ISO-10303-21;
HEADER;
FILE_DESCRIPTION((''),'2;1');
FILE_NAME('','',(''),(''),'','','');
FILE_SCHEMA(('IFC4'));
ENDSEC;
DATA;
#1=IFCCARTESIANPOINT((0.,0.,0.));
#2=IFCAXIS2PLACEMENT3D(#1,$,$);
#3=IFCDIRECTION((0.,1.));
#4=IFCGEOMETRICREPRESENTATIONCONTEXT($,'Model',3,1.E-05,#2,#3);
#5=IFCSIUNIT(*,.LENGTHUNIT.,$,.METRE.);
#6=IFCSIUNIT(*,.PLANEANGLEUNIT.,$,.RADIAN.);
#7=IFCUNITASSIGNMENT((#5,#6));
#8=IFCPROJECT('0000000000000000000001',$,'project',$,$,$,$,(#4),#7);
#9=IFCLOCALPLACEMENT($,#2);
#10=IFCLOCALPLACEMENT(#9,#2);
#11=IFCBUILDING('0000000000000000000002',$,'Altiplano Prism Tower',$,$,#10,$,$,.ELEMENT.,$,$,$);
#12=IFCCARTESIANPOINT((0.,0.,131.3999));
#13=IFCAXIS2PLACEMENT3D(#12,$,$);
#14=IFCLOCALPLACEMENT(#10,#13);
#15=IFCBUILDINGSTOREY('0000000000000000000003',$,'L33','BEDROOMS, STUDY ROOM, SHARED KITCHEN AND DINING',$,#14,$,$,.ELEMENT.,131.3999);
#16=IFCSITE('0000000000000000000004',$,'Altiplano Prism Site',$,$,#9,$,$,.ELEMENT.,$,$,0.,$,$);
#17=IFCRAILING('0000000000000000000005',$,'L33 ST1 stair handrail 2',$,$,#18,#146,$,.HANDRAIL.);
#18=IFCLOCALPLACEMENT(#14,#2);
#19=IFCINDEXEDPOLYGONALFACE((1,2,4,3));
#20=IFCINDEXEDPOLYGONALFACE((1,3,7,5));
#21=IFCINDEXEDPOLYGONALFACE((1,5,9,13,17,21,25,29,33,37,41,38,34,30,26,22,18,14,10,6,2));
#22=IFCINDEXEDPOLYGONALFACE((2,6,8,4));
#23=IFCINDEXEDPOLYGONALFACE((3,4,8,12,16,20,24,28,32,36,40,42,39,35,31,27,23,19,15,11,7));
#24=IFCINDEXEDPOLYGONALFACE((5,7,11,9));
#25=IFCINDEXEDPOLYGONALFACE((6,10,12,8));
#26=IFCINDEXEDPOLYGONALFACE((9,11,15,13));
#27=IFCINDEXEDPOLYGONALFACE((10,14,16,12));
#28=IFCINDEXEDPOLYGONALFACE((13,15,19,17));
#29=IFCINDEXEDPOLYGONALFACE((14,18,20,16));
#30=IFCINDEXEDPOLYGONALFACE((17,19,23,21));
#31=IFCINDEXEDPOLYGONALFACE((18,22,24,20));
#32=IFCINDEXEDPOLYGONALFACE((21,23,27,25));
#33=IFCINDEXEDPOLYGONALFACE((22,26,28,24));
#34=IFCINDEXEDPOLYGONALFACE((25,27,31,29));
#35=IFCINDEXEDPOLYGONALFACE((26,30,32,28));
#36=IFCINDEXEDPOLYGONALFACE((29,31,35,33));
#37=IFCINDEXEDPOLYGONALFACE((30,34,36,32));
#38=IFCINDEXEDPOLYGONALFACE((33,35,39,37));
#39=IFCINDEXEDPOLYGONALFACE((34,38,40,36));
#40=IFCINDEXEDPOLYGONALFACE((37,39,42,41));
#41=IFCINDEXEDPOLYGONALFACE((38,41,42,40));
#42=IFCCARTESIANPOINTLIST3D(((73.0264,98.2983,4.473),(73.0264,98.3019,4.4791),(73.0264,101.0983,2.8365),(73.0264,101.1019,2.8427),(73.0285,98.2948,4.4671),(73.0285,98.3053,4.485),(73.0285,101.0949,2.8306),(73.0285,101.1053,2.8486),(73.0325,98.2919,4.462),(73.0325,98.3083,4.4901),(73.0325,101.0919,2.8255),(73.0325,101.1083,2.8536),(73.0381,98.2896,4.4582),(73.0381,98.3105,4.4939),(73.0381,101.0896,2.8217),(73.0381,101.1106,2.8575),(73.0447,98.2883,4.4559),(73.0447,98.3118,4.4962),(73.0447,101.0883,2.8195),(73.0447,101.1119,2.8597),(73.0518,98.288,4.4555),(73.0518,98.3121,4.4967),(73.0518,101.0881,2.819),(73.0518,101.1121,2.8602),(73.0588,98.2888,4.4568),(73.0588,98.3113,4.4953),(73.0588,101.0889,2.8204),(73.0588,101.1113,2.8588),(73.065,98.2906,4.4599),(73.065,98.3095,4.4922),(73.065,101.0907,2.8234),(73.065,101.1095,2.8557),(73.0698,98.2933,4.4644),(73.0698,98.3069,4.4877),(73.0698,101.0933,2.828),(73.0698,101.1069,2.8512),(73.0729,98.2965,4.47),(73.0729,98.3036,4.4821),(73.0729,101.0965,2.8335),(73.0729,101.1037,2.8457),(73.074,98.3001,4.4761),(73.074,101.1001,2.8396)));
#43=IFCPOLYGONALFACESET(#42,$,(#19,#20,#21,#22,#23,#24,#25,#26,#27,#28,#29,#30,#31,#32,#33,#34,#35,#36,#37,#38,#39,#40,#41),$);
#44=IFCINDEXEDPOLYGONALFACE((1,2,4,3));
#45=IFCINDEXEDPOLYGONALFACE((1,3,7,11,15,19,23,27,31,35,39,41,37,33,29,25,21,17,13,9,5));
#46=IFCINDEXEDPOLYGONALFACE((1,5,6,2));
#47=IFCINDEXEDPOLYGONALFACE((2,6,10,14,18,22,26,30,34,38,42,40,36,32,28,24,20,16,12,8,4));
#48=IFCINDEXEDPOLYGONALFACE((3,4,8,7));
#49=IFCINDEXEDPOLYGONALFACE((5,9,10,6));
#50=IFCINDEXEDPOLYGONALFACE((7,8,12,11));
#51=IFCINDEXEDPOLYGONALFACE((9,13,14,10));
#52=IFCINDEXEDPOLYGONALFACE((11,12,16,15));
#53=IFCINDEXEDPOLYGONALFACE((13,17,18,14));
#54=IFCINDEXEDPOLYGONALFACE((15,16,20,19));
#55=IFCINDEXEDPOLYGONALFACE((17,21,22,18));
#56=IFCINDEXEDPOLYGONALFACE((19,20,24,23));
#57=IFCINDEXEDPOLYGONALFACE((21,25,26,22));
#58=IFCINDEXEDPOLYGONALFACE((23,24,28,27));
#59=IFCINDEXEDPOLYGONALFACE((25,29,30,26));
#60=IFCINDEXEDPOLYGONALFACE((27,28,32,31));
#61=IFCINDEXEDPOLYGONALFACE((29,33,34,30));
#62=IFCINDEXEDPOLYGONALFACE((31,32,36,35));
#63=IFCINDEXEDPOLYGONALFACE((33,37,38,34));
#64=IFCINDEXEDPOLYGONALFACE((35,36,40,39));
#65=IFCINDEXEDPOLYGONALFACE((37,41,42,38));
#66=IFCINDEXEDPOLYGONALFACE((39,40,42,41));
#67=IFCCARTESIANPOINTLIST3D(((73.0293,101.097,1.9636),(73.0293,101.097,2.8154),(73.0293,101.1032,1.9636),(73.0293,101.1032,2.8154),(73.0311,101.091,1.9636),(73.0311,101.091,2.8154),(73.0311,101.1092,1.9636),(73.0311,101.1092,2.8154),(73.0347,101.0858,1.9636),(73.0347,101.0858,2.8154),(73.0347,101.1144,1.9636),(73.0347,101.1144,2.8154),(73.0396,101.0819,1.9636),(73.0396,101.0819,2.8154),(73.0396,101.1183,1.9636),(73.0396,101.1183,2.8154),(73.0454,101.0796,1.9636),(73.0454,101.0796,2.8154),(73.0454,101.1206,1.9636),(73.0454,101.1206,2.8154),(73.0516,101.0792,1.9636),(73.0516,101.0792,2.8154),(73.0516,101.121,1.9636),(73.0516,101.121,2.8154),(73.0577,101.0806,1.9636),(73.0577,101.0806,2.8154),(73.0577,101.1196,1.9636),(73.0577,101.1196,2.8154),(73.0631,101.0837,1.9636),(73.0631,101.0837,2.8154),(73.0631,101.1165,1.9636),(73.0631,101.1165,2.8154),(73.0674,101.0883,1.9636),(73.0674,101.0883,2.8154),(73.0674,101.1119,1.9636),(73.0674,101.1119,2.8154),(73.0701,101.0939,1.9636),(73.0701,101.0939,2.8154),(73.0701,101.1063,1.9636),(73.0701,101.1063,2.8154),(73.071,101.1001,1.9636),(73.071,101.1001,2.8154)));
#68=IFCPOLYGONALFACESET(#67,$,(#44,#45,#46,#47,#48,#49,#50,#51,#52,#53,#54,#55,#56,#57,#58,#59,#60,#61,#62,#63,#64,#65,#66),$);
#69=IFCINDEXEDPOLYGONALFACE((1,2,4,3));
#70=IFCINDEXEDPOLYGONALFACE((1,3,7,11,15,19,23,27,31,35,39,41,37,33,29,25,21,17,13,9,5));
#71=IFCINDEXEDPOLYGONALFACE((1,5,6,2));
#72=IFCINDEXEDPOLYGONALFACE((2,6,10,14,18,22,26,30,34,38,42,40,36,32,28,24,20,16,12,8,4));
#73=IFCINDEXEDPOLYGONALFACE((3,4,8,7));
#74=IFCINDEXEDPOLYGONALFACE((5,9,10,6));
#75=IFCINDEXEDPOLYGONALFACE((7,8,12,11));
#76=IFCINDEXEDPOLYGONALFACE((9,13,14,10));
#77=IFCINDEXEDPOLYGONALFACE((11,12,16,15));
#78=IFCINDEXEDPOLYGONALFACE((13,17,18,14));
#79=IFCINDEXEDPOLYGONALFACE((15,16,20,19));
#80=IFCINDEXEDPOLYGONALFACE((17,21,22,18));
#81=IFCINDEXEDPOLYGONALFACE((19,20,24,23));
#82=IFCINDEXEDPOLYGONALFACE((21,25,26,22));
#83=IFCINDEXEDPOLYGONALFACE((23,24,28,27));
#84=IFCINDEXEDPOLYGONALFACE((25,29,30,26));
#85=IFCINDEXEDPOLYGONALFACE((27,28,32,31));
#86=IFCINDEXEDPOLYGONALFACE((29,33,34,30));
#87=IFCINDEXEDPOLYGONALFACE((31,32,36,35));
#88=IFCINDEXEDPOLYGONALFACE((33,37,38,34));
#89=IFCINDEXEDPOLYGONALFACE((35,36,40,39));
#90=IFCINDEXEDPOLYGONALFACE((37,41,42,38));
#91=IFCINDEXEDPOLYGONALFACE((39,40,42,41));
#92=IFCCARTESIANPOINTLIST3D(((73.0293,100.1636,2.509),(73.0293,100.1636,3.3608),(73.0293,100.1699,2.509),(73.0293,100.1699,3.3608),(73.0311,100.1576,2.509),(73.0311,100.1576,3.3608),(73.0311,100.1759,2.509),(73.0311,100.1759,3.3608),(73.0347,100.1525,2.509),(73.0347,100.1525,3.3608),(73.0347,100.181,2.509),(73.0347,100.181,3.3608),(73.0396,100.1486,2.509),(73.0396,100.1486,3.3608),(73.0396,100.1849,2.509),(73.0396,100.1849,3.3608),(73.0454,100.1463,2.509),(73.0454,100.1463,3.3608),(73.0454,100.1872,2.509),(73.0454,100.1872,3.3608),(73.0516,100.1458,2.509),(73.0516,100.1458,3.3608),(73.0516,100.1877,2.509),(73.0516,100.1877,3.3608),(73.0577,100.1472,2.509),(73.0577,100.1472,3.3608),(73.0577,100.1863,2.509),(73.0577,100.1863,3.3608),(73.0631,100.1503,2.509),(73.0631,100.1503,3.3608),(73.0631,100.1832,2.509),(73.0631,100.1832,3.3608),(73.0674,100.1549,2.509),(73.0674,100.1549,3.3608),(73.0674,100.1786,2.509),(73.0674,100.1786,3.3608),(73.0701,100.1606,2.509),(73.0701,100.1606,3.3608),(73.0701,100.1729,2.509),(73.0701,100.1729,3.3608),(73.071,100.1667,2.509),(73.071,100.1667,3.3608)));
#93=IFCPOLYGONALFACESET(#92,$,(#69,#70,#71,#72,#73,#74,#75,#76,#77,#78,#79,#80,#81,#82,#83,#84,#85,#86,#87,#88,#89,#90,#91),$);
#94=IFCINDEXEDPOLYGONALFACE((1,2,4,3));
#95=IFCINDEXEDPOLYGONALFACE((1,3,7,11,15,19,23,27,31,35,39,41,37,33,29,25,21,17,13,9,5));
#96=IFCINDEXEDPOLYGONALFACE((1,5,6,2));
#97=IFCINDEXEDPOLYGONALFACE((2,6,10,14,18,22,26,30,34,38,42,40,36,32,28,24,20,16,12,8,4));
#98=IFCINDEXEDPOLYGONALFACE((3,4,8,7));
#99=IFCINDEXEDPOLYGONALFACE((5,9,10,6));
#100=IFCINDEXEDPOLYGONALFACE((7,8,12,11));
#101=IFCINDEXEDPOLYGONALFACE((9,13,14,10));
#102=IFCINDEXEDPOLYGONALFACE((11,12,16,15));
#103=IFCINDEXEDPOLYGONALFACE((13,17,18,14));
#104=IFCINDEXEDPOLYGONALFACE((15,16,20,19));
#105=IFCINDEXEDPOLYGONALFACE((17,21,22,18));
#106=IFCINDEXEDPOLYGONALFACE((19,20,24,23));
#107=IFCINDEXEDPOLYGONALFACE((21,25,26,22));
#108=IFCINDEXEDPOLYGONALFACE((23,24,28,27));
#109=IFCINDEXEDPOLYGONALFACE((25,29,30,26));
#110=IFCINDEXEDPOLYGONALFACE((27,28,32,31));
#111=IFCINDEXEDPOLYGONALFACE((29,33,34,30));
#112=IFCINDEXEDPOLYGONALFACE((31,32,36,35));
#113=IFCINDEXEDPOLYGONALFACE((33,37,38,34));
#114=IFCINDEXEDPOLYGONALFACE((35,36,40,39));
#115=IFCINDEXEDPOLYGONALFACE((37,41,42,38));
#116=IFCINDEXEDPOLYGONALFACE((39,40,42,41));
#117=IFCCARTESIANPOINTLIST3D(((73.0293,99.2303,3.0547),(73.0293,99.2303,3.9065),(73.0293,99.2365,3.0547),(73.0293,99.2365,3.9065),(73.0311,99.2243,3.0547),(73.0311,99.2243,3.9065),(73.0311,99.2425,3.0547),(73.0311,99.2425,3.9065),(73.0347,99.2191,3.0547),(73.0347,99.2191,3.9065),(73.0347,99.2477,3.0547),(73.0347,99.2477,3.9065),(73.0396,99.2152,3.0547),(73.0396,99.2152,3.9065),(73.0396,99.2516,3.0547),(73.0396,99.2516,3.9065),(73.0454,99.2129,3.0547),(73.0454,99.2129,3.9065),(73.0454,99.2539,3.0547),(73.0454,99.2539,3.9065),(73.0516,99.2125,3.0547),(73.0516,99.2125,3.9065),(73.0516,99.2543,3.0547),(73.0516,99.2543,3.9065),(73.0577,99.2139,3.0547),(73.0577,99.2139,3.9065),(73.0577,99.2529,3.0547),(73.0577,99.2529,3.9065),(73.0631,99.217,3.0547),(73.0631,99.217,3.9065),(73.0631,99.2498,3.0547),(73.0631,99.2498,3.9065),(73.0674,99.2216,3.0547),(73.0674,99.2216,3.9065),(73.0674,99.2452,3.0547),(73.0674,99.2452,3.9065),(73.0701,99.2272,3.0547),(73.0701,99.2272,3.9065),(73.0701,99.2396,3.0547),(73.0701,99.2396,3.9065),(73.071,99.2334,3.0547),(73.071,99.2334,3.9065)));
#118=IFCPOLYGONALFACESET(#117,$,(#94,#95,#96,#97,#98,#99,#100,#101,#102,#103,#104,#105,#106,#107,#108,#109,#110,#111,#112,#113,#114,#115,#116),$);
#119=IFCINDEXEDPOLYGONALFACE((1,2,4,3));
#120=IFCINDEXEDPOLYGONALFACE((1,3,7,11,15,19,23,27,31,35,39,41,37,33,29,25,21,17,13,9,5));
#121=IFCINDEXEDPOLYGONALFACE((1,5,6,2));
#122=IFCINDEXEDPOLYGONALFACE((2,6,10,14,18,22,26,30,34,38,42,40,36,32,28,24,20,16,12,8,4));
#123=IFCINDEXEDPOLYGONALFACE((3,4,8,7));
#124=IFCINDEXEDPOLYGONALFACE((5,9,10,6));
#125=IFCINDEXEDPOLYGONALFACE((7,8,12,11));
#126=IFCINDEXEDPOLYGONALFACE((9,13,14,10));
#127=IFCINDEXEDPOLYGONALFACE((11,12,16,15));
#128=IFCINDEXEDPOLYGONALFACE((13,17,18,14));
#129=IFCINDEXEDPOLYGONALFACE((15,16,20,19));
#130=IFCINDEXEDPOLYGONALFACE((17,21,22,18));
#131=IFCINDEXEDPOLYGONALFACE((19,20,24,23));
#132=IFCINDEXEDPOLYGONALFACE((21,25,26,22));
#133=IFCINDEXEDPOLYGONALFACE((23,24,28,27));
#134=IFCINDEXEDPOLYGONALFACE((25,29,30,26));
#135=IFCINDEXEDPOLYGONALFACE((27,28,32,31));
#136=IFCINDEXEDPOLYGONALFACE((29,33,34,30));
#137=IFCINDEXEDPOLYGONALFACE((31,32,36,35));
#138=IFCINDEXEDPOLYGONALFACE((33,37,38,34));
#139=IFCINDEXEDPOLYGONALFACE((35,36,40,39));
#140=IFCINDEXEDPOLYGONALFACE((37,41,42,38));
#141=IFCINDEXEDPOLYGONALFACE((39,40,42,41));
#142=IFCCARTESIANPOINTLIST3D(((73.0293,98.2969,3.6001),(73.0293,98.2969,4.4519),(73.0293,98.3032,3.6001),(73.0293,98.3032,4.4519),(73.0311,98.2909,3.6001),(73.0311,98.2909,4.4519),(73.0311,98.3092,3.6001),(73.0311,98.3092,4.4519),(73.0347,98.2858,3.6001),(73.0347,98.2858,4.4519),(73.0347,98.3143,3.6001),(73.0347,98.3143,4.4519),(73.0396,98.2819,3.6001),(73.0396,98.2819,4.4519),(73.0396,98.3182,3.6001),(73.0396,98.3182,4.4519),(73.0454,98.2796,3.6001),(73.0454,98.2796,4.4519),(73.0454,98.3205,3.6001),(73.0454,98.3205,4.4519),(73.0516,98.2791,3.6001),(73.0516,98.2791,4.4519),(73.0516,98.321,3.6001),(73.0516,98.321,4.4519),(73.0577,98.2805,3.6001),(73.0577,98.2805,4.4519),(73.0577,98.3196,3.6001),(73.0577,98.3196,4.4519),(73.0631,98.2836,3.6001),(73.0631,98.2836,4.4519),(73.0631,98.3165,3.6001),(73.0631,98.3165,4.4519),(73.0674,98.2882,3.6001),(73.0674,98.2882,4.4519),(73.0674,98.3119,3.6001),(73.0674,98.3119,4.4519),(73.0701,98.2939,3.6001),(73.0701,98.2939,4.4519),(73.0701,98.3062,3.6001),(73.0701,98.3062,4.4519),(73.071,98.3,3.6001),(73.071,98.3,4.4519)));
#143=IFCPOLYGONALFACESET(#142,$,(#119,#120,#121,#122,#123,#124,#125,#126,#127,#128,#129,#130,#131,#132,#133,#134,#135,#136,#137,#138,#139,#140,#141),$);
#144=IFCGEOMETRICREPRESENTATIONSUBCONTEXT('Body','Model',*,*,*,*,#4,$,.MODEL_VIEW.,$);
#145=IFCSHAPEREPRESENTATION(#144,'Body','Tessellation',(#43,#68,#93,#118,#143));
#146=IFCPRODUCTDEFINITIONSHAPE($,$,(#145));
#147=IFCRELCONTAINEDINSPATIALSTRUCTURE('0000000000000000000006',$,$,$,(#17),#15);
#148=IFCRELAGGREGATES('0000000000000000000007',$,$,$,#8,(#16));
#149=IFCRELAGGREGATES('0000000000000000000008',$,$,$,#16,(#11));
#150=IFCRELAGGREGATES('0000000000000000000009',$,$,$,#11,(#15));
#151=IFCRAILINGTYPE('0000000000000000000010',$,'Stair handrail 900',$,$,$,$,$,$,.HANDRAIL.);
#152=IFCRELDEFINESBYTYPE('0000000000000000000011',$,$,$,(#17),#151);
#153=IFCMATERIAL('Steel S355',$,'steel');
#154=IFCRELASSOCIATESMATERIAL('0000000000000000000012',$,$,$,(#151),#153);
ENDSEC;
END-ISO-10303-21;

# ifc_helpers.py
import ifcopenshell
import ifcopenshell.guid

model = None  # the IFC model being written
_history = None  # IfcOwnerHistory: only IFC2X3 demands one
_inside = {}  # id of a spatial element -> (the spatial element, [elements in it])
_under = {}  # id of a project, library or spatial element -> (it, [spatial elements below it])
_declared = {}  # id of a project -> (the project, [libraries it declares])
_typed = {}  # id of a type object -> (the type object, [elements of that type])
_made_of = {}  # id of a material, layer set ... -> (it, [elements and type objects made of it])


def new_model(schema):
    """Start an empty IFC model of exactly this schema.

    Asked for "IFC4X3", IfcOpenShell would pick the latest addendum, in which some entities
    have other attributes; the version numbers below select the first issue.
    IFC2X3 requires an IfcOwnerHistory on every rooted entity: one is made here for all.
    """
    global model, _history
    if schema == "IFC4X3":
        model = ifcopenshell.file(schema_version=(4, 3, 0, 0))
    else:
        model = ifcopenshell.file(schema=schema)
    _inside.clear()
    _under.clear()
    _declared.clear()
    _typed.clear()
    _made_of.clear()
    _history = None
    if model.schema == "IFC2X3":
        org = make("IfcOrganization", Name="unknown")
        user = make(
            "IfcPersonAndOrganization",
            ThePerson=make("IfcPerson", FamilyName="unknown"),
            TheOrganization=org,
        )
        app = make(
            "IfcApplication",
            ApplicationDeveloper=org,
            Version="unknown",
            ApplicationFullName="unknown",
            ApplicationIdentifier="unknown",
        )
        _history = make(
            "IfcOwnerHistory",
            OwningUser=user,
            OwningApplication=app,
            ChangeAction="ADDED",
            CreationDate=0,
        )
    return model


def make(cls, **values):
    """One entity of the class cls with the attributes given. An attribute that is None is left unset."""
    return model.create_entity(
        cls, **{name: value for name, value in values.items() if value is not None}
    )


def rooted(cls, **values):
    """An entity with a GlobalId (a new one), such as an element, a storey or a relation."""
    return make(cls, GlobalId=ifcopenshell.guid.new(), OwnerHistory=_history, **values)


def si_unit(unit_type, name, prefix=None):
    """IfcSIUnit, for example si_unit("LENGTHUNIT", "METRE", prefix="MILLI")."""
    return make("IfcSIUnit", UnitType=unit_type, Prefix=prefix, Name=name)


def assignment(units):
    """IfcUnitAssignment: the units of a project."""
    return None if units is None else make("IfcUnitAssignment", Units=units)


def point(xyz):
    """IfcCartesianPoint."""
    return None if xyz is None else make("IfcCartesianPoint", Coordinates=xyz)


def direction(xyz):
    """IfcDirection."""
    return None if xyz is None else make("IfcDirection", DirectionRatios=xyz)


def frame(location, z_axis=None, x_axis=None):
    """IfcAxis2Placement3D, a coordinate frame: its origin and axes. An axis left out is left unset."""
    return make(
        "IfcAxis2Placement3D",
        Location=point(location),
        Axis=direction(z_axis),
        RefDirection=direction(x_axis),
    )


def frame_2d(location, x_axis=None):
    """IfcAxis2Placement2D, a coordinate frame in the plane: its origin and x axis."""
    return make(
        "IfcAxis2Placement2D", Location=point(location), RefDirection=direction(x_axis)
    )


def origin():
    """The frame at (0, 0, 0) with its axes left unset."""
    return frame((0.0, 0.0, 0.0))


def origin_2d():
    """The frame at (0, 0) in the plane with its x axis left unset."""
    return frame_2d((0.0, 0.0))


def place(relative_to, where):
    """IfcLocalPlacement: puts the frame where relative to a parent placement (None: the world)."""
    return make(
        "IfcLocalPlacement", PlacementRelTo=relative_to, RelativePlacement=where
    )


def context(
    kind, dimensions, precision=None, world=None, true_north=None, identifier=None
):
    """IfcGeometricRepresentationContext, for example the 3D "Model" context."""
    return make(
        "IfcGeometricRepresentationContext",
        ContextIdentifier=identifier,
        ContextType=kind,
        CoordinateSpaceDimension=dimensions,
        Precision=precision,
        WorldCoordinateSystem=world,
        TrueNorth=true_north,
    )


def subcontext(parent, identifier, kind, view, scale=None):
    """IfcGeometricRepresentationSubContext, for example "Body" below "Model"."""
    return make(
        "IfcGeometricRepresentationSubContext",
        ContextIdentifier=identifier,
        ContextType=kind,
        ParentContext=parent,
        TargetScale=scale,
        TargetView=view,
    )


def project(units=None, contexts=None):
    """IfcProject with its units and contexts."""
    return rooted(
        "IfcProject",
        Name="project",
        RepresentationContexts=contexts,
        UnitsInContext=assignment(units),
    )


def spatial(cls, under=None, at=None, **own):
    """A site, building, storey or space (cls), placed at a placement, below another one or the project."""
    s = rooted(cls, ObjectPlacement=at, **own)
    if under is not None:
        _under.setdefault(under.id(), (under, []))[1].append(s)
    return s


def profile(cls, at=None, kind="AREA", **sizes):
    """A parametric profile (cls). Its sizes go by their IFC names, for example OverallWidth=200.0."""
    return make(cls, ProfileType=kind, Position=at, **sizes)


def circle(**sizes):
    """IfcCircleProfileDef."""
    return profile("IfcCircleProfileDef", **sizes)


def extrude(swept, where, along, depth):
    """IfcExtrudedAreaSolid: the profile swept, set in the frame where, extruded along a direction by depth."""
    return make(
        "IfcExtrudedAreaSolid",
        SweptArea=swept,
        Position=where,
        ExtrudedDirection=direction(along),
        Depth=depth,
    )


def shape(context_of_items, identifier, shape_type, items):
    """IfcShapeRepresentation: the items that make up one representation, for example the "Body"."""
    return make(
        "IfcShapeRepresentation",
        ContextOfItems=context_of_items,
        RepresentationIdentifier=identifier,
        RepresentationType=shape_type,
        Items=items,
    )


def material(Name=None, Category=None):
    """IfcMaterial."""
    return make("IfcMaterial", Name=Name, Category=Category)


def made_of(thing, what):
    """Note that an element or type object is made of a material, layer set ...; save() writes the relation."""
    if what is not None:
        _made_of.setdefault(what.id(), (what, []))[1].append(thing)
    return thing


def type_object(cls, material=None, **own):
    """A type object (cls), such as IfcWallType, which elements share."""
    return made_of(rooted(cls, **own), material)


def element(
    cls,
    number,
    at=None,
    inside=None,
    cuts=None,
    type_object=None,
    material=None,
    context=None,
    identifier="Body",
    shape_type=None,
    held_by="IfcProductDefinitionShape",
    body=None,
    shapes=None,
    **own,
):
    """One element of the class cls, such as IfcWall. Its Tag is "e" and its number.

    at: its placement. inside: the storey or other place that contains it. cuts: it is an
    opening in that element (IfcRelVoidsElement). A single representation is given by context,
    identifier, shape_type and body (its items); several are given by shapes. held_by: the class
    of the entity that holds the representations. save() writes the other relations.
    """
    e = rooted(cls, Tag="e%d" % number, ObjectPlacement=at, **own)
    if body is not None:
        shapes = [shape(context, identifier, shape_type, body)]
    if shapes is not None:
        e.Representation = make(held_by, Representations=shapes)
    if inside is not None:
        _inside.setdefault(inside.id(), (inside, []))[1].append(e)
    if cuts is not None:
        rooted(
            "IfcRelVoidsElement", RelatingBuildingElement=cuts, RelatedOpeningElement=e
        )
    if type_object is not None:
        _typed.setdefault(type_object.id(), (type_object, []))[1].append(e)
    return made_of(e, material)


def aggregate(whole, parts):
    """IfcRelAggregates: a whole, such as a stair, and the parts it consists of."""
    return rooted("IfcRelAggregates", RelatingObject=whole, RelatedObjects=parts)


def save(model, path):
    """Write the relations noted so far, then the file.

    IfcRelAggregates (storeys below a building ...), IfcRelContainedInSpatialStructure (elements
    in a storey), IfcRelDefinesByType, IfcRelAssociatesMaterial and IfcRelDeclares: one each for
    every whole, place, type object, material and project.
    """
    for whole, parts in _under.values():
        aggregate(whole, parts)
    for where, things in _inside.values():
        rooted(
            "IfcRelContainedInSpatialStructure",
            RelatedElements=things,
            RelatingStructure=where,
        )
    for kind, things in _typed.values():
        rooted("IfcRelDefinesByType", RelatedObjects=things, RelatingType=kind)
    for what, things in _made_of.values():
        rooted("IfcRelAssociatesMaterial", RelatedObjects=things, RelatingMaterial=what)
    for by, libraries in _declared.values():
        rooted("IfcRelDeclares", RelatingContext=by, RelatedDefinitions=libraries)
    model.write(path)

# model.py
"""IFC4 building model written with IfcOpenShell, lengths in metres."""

from ifc_helpers import new_model, si_unit, direction, frame, origin, origin_2d, place, context, subcontext, project, spatial, circle, extrude, material, type_object, element, save


model = new_model("IFC4")

# Units and contexts
model_context = context("Model", 3, precision=1e-05, world=origin(), true_north=direction((0.0, 1.0)))
body_context = subcontext(model_context, "Body", "Model", "MODEL_VIEW")
ifc_project = project(units=[si_unit("LENGTHUNIT", "METRE"), si_unit("PLANEANGLEUNIT", "RADIAN")], contexts=[model_context])

# Site, building, storey
site_placement = place(None, origin())
site = spatial("IfcSite", under=ifc_project, at=site_placement, Name="Altiplano Prism Site", CompositionType="ELEMENT", RefElevation=0.0)
building_placement = place(site_placement, origin())
building = spatial("IfcBuilding", under=site, at=building_placement, Name="Altiplano Prism Tower", CompositionType="ELEMENT")
storey_placement = place(building_placement, frame((0.0, 0.0, 131.3999)))
storey = spatial("IfcBuildingStorey", under=building, at=storey_placement, Name="L33", Description="BEDROOMS, STUDY ROOM, SHARED KITCHEN AND DINING", CompositionType="ELEMENT", Elevation=131.3999)

# Railing
ifc_material_1 = material(Name="Steel S355", Category="steel")
railing_type_1 = type_object("IfcRailingType", Name="Stair handrail 900", PredefinedType="HANDRAIL", material=ifc_material_1)
railing_1_placement = place(storey_placement, frame((73.05, 101.1001, 1.9636)))
element("IfcRailing", 1, at=railing_1_placement, inside=storey, type_object=railing_type_1, Name="L33 ST1 stair handrail 2", PredefinedType="HANDRAIL", context=body_context, shape_type="SweptSolid", body=[
    extrude(circle(Radius=0.0239, at=origin_2d()), frame((0.0, 0.0, 0.876), z_axis=(0.0, -0.863361, 0.504587), x_axis=(1.0, 0.0, 0.0)), (0.0, 0.0, 1.0), 3.2432),
    extrude(circle(Radius=0.021, at=origin_2d()), origin(), (0.0, 0.0, 1.0), 0.8518),
    extrude(circle(Radius=0.021, at=origin_2d()), frame((0.0, -0.9333, 0.5454)), (0.0, 0.0, 1.0), 0.8518),
    extrude(circle(Radius=0.021, at=origin_2d()), frame((0.0, -1.8667, 1.0911)), (0.0, 0.0, 1.0), 0.8518),
    extrude(circle(Radius=0.021, at=origin_2d()), frame((0.0, -2.8, 1.6365)), (0.0, 0.0, 1.0), 0.8518),
])

save(model, "model.ifc")
